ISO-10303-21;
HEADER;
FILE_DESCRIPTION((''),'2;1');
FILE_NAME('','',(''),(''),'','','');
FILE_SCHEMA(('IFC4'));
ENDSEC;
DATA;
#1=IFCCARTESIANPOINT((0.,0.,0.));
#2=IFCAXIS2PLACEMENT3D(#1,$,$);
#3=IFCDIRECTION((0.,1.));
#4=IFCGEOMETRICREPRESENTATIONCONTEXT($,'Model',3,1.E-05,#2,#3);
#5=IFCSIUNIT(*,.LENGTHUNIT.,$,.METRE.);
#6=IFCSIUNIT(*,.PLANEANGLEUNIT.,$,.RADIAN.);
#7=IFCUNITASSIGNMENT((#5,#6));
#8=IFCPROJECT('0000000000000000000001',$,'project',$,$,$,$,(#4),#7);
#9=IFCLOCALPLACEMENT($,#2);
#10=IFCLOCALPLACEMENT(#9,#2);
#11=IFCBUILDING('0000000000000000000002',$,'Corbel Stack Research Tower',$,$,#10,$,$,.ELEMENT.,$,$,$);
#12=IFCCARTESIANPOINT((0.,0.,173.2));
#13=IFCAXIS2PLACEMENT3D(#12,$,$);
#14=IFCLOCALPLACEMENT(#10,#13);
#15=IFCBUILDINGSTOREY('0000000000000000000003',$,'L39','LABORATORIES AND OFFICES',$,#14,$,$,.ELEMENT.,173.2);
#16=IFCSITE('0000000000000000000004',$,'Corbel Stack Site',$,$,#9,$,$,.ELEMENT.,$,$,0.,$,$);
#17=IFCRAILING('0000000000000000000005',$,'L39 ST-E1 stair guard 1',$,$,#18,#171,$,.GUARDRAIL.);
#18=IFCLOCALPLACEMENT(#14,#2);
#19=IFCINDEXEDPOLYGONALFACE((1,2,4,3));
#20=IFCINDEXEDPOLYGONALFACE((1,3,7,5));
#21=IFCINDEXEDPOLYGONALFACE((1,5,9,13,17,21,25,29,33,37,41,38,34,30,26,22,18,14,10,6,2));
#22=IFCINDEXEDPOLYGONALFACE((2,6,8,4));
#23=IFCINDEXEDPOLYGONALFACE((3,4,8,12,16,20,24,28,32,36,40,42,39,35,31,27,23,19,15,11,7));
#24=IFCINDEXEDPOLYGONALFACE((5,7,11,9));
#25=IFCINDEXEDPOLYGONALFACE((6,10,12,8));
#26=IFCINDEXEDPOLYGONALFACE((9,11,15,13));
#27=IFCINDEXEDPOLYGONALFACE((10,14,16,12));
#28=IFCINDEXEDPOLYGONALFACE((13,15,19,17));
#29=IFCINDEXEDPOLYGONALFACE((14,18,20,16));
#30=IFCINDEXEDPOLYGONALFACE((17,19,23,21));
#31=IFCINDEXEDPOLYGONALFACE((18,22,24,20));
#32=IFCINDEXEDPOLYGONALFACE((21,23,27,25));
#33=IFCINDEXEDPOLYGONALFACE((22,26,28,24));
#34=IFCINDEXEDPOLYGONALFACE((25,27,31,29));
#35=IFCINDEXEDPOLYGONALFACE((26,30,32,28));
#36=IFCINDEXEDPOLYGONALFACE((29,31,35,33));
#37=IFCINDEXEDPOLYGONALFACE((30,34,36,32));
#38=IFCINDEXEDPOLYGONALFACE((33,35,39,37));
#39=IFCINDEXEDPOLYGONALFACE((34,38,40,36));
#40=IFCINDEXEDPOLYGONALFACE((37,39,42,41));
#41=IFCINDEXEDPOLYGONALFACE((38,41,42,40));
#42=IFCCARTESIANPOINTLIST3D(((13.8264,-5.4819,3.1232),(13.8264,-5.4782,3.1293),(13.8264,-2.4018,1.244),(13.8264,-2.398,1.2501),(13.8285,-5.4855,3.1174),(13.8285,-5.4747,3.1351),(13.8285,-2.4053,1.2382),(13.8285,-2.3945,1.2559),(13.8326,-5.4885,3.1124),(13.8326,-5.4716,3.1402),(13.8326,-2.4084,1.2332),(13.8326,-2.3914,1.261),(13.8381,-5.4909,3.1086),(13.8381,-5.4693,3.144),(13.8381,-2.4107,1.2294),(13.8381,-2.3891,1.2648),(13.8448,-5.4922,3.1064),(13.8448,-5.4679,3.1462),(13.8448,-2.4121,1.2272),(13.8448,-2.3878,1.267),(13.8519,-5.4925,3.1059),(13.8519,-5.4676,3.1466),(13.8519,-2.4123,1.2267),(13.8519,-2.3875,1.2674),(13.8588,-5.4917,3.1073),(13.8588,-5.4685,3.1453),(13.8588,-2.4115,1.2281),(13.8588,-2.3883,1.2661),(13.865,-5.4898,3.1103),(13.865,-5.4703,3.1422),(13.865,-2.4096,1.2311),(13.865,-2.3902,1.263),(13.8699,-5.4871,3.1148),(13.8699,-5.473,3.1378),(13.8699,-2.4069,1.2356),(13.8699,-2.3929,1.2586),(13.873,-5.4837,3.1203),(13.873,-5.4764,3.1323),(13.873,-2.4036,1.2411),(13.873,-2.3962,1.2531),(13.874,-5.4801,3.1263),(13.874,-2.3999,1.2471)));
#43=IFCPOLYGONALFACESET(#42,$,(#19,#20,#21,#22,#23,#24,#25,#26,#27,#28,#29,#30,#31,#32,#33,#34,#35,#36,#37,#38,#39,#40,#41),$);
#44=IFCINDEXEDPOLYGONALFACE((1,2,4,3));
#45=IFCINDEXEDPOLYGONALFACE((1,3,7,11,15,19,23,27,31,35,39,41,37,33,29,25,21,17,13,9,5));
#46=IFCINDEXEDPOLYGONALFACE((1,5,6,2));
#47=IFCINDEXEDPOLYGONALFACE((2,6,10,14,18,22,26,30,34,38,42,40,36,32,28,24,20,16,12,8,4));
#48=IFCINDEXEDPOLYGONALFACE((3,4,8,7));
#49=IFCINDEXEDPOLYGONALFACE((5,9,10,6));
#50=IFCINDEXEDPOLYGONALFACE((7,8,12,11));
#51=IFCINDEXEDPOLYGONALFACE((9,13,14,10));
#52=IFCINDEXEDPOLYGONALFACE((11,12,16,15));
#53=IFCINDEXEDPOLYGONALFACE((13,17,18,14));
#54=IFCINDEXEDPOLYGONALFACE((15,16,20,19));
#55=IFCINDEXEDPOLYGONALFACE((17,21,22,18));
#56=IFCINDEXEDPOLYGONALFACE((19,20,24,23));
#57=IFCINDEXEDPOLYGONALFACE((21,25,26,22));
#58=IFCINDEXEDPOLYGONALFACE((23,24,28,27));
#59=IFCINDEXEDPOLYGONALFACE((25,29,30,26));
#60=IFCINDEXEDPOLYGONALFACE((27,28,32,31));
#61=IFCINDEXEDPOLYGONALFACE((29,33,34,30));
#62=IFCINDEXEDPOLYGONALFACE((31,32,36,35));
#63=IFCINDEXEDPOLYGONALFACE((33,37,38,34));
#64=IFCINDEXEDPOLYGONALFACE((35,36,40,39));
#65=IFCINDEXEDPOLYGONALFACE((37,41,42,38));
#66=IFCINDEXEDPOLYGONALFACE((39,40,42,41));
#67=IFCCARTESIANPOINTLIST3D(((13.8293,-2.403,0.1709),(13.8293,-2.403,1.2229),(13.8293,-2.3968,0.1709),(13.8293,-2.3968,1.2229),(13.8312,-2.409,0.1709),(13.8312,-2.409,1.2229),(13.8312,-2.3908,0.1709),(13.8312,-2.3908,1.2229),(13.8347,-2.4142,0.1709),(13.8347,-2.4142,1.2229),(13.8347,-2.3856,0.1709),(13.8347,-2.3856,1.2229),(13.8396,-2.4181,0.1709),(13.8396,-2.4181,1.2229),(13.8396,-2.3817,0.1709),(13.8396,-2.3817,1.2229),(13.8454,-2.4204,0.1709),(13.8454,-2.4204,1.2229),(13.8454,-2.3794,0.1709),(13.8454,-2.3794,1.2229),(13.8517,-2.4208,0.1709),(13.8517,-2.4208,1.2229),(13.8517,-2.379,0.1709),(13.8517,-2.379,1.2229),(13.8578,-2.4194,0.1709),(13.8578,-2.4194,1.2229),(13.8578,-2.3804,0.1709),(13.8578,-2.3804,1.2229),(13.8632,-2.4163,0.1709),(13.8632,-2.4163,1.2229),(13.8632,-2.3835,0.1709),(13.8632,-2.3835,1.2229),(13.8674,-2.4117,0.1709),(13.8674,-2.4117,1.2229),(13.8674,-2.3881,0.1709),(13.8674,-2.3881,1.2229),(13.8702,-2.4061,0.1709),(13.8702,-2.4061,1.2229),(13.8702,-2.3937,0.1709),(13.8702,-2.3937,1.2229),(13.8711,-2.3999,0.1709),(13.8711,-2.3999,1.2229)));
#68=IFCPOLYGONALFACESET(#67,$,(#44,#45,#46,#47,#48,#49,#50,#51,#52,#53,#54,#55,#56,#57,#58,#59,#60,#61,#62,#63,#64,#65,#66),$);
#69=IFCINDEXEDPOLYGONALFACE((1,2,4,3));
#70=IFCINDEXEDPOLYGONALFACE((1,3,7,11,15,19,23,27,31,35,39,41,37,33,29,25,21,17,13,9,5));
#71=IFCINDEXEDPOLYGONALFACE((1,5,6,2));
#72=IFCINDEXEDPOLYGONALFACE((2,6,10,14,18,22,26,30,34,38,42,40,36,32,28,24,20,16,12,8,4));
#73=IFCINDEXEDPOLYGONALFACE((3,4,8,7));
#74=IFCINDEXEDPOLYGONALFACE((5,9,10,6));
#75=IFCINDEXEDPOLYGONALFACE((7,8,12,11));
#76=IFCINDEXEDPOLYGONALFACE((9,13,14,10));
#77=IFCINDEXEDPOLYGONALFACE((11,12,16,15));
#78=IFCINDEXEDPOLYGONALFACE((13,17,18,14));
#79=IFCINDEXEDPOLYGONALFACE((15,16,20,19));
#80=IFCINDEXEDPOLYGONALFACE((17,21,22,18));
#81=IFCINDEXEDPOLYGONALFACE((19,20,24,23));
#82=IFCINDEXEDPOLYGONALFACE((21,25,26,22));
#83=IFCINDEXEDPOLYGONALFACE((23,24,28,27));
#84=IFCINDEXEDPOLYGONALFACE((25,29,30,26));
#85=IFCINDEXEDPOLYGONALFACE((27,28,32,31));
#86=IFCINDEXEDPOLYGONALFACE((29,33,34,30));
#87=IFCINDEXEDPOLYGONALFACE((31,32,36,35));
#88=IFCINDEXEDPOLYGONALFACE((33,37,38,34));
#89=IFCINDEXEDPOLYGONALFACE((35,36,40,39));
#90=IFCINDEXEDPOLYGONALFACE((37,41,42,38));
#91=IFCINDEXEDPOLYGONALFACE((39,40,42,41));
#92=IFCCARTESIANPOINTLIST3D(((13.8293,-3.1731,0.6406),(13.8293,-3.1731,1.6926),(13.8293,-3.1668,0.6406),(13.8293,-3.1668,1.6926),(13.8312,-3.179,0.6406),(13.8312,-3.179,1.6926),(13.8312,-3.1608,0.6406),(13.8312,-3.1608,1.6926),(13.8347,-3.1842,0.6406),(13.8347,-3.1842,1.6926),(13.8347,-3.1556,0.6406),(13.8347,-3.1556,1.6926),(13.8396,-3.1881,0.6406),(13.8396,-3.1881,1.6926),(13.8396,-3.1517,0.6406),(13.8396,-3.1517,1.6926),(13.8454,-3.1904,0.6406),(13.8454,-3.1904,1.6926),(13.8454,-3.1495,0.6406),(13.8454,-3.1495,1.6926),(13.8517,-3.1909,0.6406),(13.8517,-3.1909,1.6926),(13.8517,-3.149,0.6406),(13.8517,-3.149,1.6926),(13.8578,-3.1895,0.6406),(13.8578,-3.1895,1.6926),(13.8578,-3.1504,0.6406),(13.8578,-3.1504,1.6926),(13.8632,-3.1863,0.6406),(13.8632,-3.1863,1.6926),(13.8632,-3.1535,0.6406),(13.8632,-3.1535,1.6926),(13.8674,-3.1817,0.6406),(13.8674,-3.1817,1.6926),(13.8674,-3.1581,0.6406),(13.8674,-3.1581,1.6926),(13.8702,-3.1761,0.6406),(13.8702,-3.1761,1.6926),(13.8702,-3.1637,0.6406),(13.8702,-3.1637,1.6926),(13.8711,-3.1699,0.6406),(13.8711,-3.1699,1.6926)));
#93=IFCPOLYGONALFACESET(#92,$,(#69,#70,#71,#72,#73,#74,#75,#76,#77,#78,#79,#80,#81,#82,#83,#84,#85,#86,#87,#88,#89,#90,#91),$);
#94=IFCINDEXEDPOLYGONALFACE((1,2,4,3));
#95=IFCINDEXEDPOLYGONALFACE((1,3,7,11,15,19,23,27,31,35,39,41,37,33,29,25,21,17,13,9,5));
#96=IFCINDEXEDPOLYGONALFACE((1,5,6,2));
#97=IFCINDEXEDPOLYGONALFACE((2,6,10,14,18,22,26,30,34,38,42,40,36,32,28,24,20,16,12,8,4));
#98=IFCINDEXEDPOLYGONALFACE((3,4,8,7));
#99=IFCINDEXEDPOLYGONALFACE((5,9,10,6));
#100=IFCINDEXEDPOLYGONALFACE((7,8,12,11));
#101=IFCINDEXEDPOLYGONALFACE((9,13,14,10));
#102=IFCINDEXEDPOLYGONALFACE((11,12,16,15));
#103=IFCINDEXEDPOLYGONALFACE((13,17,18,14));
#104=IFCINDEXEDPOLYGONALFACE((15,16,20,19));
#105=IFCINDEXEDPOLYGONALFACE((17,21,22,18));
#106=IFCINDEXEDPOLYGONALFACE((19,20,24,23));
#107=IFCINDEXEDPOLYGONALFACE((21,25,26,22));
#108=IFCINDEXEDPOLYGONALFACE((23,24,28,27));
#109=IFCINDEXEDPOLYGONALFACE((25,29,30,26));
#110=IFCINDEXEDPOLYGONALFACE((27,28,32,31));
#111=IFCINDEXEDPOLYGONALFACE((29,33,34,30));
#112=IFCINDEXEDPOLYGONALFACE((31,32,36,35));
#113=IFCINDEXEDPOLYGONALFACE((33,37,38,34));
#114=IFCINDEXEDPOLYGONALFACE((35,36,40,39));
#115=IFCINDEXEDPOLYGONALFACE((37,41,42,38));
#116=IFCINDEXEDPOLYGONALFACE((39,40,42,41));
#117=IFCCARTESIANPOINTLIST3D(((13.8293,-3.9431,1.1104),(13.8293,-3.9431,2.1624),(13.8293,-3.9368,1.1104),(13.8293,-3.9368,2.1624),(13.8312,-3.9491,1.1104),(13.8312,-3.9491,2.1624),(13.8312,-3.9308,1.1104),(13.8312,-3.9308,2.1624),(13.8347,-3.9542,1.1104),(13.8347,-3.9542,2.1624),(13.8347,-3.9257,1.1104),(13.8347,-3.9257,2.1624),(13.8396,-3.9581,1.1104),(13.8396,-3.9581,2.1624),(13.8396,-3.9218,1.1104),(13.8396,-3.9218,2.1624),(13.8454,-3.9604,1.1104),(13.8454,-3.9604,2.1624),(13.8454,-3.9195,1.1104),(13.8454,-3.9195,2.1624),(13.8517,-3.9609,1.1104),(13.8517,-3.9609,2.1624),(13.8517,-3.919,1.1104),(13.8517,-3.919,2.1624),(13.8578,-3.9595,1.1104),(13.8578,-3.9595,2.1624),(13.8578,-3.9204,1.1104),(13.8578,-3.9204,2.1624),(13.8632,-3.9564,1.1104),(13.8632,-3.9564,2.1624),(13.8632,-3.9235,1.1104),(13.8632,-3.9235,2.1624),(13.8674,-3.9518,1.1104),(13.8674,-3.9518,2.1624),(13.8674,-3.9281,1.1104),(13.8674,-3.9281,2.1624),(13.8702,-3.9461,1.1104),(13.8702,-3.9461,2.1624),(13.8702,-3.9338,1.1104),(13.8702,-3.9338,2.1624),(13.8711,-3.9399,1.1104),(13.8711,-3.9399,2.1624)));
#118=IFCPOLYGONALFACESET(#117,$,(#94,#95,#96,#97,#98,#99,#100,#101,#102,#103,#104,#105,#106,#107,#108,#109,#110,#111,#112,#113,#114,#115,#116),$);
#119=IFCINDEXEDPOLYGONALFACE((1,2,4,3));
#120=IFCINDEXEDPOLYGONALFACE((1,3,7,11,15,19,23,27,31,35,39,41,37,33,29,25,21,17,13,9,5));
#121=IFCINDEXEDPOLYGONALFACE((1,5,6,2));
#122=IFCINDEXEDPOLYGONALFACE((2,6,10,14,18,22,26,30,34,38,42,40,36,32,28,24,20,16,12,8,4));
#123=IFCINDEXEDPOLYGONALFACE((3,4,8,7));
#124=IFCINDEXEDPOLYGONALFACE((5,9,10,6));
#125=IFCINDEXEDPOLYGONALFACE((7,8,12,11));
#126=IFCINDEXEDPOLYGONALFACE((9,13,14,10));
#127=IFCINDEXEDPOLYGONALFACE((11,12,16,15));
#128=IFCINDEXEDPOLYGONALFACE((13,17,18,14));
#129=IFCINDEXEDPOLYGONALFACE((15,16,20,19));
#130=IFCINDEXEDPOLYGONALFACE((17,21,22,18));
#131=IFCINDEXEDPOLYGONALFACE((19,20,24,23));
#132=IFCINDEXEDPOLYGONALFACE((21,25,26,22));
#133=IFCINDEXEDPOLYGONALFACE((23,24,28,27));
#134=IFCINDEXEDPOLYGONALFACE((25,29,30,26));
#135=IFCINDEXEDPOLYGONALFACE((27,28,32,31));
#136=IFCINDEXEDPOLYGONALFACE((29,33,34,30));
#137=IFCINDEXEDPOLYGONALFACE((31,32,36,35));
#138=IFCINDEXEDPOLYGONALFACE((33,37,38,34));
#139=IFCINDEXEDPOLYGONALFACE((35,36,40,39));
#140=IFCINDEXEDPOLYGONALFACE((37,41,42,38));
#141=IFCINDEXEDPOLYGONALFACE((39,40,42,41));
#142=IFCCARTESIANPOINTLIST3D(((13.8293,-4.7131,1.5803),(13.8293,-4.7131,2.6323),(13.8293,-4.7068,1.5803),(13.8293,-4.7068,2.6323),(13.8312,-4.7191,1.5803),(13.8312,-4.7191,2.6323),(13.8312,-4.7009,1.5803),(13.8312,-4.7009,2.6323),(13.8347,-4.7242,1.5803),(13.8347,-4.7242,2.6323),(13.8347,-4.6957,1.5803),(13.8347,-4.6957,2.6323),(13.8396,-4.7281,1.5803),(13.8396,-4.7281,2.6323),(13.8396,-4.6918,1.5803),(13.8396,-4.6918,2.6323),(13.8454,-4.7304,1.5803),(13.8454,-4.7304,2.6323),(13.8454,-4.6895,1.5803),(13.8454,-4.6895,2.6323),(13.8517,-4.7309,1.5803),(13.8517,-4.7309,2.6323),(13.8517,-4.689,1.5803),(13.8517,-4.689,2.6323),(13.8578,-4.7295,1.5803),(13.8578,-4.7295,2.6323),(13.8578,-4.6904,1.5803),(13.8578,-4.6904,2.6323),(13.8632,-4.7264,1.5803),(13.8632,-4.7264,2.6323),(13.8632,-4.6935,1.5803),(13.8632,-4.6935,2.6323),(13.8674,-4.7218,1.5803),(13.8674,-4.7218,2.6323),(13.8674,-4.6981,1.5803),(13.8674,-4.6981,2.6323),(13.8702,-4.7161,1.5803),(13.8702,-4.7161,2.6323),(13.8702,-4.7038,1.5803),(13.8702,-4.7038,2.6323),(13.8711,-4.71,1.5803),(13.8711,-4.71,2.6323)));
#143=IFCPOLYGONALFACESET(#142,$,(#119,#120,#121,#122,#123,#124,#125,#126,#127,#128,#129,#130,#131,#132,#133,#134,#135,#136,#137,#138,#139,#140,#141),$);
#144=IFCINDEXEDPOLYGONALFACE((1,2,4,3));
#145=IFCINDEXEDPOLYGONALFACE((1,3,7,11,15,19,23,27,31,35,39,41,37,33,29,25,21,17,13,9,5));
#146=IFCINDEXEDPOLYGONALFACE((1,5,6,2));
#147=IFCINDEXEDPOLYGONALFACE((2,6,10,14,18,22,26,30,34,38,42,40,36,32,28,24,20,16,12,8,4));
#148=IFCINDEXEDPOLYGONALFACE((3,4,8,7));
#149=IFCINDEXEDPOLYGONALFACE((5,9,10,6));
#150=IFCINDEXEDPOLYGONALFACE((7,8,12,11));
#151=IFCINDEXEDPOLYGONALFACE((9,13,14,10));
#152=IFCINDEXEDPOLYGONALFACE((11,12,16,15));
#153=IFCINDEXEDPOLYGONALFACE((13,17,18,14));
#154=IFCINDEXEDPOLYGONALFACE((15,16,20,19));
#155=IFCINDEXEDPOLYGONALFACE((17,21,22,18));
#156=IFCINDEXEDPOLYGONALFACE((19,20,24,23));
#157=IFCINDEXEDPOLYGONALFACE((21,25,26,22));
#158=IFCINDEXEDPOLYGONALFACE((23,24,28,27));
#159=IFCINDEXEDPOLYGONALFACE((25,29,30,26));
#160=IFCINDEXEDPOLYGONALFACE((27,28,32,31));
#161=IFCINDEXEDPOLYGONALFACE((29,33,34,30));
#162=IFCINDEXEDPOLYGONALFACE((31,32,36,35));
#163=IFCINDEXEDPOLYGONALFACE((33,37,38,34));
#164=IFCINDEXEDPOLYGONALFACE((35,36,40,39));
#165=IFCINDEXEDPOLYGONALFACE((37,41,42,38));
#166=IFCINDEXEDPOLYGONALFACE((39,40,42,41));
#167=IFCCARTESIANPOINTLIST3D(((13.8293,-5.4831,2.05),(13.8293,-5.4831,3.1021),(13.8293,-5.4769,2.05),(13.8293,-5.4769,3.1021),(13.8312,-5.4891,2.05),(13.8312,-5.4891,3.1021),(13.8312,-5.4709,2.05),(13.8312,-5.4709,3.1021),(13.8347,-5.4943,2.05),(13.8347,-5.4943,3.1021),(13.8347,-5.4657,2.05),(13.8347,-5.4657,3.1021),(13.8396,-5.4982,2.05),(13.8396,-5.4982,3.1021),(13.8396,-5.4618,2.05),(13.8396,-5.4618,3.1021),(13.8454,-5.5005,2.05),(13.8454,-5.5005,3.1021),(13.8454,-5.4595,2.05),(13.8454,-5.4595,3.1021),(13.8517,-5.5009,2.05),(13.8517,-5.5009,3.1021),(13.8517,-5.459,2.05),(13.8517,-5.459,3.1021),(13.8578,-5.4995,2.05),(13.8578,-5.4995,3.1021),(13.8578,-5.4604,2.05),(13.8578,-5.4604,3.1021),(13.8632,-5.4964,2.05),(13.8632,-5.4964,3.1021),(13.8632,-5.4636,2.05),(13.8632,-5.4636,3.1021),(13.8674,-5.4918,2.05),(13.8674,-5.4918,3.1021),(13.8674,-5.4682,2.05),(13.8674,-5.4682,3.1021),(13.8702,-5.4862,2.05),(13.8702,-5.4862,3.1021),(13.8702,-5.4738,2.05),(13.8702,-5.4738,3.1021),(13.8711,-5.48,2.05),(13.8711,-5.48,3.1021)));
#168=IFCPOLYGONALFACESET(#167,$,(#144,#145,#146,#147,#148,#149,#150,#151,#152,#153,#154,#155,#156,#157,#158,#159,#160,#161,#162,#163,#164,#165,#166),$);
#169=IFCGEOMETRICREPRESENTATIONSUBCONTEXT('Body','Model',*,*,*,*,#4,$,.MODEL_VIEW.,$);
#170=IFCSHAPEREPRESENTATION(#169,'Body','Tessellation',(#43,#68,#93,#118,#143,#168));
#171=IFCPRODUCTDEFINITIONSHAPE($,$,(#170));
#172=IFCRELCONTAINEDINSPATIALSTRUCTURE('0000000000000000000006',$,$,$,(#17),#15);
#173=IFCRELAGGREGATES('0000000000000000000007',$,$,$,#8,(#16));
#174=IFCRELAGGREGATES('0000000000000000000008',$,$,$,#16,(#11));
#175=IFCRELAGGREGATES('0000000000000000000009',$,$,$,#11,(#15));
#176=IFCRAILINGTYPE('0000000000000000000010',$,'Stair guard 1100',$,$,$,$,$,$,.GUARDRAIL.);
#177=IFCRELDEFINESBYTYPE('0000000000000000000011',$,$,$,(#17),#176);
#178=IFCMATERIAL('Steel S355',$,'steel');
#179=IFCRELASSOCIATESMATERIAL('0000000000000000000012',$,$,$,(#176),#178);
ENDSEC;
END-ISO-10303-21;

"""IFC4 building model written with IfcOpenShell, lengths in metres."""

from ifc_helpers import new_model, si_unit, direction, frame, origin, origin_2d, place, context, subcontext, project, spatial, circle, extrude, material, type_object, element, save


model = new_model("IFC4")

# Units and contexts
model_context = context("Model", 3, precision=1e-05, world=origin(), true_north=direction((0.0, 1.0)))
body_context = subcontext(model_context, "Body", "Model", "MODEL_VIEW")
ifc_project = project(units=[si_unit("LENGTHUNIT", "METRE"), si_unit("PLANEANGLEUNIT", "RADIAN")], contexts=[model_context])

# Site, building, storey
site_placement = place(None, origin())
site = spatial("IfcSite", under=ifc_project, at=site_placement, Name="Corbel Stack Site", CompositionType="ELEMENT", RefElevation=0.0)
building_placement = place(site_placement, origin())
building = spatial("IfcBuilding", under=site, at=building_placement, Name="Corbel Stack Research Tower", CompositionType="ELEMENT")
storey_placement = place(building_placement, frame((0.0, 0.0, 173.2)))
storey = spatial("IfcBuildingStorey", under=building, at=storey_placement, Name="L39", Description="LABORATORIES AND OFFICES", CompositionType="ELEMENT", Elevation=173.2)

# Railing
ifc_material_1 = material(Name="Steel S355", Category="steel")
railing_type_1 = type_object("IfcRailingType", Name="Stair guard 1100", PredefinedType="GUARDRAIL", material=ifc_material_1)
railing_1_placement = place(storey_placement, frame((13.8501, -2.3999, 0.1709)))
element("IfcRailing", 1, at=railing_1_placement, inside=storey, type_object=railing_type_1, Name="L39 ST-E1 stair guard 1", PredefinedType="GUARDRAIL", context=body_context, shape_type="SweptSolid", body=[
    extrude(circle(Radius=0.0239, at=origin_2d()), frame((0.0, 0.0, 1.0762), z_axis=(0.0, -0.853666, 0.52082), x_axis=(1.0, 0.0, 0.0)), (0.0, 0.0, 1.0), 3.6082),
    extrude(circle(Radius=0.021, at=origin_2d()), origin(), (0.0, 0.0, 1.0), 1.052),
    extrude(circle(Radius=0.021, at=origin_2d()), frame((0.0, -0.77, 0.4697)), (0.0, 0.0, 1.0), 1.052),
    extrude(circle(Radius=0.021, at=origin_2d()), frame((0.0, -1.54, 0.9395)), (0.0, 0.0, 1.0), 1.052),
    extrude(circle(Radius=0.021, at=origin_2d()), frame((0.0, -2.3101, 1.4094)), (0.0, 0.0, 1.0), 1.052),
    extrude(circle(Radius=0.021, at=origin_2d()), frame((0.0, -3.0801, 1.8792)), (0.0, 0.0, 1.0), 1.052),
])

save(model, "model.ifc")
